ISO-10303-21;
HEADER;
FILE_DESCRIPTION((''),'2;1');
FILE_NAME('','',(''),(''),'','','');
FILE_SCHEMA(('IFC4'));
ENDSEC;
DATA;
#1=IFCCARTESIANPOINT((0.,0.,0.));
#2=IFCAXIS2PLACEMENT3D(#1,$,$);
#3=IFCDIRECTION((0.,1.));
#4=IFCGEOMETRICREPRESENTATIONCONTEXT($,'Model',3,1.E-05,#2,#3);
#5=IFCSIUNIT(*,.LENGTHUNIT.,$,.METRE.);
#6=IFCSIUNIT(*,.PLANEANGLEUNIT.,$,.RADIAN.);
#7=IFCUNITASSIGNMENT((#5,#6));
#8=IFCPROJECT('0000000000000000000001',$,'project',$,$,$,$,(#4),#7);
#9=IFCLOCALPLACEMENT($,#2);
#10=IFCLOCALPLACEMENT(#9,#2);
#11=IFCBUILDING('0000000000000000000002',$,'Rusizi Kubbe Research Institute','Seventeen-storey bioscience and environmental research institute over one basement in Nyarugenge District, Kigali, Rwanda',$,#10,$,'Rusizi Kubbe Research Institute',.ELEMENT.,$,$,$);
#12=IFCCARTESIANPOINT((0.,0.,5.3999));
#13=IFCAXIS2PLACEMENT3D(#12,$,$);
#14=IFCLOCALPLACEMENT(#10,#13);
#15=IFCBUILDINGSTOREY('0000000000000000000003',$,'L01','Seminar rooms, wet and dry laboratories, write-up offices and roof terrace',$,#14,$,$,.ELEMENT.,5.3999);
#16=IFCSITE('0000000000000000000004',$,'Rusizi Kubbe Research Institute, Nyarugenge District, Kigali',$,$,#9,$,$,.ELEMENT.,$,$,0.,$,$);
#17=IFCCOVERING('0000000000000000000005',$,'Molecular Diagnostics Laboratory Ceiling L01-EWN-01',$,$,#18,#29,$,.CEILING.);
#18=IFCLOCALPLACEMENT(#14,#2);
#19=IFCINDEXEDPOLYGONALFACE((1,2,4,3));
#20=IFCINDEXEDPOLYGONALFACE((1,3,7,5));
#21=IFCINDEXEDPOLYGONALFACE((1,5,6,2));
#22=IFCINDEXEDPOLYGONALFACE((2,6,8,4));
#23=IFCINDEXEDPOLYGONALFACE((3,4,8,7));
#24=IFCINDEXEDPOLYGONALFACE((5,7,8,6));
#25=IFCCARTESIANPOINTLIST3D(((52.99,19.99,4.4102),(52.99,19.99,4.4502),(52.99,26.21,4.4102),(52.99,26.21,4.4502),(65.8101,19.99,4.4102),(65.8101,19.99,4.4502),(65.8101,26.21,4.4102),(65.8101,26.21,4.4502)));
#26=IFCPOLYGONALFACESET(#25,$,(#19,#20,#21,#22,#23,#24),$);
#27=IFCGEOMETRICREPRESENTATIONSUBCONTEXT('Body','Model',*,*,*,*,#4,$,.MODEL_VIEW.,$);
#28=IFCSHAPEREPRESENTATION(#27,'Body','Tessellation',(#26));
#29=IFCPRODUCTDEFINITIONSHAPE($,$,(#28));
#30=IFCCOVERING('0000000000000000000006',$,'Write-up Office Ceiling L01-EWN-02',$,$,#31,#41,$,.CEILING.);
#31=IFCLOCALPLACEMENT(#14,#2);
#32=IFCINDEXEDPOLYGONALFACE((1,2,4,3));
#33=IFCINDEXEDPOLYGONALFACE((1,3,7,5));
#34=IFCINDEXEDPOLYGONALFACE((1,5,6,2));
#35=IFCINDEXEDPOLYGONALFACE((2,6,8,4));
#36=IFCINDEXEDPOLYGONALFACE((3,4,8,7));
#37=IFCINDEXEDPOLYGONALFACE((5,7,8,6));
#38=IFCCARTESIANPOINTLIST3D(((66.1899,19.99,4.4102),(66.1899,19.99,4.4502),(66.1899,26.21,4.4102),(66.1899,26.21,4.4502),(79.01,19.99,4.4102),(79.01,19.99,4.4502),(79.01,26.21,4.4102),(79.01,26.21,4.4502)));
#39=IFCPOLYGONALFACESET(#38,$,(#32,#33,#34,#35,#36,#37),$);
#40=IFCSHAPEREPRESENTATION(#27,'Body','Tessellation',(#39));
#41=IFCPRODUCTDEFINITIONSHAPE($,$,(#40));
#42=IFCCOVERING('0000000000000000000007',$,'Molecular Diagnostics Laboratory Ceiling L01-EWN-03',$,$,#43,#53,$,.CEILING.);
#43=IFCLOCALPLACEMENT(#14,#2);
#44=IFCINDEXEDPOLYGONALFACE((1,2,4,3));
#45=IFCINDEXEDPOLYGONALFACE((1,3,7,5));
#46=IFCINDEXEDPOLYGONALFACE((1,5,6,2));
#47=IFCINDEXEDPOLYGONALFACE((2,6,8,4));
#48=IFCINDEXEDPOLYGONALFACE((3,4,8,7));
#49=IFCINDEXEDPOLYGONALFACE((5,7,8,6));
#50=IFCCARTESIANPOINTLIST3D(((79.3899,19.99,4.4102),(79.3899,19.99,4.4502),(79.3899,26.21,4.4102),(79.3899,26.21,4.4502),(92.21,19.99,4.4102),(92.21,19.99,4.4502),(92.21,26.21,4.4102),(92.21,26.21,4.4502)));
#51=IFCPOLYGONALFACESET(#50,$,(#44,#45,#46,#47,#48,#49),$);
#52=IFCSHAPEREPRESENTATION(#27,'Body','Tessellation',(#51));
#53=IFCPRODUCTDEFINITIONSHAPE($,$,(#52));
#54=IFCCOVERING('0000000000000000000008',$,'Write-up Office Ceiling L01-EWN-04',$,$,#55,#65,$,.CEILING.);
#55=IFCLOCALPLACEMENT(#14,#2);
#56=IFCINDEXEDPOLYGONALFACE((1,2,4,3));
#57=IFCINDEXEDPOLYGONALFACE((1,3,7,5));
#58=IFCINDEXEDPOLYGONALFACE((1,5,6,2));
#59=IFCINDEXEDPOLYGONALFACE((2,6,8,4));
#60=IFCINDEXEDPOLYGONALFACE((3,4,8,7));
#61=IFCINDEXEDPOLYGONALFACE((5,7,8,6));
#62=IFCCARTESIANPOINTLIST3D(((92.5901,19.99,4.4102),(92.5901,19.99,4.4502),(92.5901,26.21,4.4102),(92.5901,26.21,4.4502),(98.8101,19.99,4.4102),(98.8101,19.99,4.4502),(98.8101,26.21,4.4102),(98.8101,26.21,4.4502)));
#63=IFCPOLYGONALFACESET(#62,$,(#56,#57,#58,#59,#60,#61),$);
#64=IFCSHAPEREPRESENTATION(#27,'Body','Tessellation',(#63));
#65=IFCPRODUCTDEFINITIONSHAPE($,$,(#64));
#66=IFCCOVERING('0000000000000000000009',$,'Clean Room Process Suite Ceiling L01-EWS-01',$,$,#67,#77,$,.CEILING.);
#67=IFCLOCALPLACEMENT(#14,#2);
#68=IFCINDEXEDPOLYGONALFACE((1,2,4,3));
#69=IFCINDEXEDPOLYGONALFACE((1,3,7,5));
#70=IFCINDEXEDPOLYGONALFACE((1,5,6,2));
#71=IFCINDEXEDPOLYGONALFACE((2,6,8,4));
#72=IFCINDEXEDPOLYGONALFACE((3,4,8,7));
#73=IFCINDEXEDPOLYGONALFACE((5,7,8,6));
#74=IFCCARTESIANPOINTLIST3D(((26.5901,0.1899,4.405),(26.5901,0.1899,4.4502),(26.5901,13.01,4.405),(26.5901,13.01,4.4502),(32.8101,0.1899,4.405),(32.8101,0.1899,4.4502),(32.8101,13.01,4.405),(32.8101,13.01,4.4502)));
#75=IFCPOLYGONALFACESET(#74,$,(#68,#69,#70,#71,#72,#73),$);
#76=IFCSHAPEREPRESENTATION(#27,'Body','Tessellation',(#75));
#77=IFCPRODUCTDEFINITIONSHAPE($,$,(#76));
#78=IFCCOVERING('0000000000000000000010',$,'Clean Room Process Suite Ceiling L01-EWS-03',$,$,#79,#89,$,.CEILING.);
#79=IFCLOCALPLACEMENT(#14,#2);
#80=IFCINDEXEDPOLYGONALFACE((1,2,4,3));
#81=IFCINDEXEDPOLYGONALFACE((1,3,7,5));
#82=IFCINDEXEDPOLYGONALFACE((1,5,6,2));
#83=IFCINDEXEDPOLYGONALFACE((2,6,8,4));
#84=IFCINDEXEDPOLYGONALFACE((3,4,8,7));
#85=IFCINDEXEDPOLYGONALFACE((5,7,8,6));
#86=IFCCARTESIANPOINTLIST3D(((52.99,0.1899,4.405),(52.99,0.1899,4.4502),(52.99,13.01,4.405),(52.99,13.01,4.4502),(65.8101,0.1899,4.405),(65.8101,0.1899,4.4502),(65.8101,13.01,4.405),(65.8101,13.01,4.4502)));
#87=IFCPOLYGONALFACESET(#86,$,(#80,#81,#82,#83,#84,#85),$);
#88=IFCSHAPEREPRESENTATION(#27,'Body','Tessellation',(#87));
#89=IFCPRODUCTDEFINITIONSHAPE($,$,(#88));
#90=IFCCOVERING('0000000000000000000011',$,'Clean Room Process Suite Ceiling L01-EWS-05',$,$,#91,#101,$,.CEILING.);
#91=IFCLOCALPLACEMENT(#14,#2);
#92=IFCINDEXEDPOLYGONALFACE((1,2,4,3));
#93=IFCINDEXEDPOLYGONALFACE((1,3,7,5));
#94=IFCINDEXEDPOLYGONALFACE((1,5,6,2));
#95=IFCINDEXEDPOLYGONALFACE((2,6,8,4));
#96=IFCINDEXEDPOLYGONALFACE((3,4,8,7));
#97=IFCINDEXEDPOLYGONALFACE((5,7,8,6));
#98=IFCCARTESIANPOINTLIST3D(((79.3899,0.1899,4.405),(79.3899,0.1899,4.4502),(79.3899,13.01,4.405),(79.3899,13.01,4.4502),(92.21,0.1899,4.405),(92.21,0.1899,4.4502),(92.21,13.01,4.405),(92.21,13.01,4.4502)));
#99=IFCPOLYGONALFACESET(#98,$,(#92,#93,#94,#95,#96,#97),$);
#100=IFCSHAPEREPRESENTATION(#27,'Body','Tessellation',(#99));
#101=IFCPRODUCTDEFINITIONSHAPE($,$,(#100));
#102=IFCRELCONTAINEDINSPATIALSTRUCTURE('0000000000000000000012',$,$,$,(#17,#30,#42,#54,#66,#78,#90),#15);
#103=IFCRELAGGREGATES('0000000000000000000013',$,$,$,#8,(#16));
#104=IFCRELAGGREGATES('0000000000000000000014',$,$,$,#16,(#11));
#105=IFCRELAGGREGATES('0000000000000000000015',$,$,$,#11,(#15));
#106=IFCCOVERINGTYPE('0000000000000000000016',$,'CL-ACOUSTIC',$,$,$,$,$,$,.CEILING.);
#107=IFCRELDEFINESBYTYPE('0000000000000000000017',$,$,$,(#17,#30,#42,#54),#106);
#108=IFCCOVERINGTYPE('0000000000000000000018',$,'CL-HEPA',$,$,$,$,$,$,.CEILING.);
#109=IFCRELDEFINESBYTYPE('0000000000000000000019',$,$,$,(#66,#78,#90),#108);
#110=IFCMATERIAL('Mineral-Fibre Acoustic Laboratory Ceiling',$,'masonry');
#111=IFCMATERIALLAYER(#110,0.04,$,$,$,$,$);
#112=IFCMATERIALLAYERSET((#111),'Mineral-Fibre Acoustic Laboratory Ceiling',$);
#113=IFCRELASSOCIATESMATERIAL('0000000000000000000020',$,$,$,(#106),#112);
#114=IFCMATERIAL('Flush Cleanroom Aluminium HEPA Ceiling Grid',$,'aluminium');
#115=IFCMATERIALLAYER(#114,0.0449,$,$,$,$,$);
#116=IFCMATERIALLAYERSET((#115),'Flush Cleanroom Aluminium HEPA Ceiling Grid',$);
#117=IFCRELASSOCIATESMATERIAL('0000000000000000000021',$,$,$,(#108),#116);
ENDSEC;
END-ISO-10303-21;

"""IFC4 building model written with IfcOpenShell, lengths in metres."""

from ifc_helpers import new_model, si_unit, direction, frame, origin, place, context, subcontext, project, spatial, polyline, outline, extrude, material, layer, layer_set, type_object, element, save


model = new_model("IFC4")

# Units and contexts
model_context = context("Model", 3, precision=1e-05, world=origin(), true_north=direction((0.0, 1.0)))
body_context = subcontext(model_context, "Body", "Model", "MODEL_VIEW")
ifc_project = project(units=[si_unit("LENGTHUNIT", "METRE"), si_unit("PLANEANGLEUNIT", "RADIAN")], contexts=[model_context])

# Site, building, storey
site_placement = place(None, origin())
site = spatial("IfcSite", under=ifc_project, at=site_placement, Name="Rusizi Kubbe Research Institute, Nyarugenge District, Kigali", CompositionType="ELEMENT", RefElevation=0.0)
building_placement = place(site_placement, origin())
building = spatial("IfcBuilding", under=site, at=building_placement, Name="Rusizi Kubbe Research Institute", Description="Seventeen-storey bioscience and environmental research institute over one basement in Nyarugenge District, Kigali, Rwanda", LongName="Rusizi Kubbe Research Institute", CompositionType="ELEMENT")
storey_placement = place(building_placement, frame((0.0, 0.0, 5.3999)))
storey = spatial("IfcBuildingStorey", under=building, at=storey_placement, Name="L01", Description="Seminar rooms, wet and dry laboratories, write-up offices and roof terrace", CompositionType="ELEMENT", Elevation=5.3999)

# Coverings
ifc_material_1 = material(Name="Mineral-Fibre Acoustic Laboratory Ceiling", Category="masonry")
ifc_layer_1 = layer(ifc_material_1, 0.04)
ifc_layer_set_1 = layer_set([ifc_layer_1], Name="Mineral-Fibre Acoustic Laboratory Ceiling")
covering_type_1 = type_object("IfcCoveringType", Name="CL-ACOUSTIC", PredefinedType="CEILING", material=ifc_layer_set_1)
covering_1_placement = place(storey_placement, frame((0.0, 0.0, 4.4102)))
element("IfcCovering", 1, at=covering_1_placement, inside=storey, type_object=covering_type_1, Name="Molecular Diagnostics Laboratory Ceiling L01-EWN-01", PredefinedType="CEILING", context=body_context, shape_type="SweptSolid", body=[
    extrude(outline(polyline([(52.99, 19.99), (65.8101, 19.99), (65.8101, 26.21), (52.99, 26.21), (52.99, 19.99)])), origin(), (0.0, 0.0, 1.0), 0.04),
])
covering_2_placement = place(storey_placement, frame((0.0, 0.0, 4.4102)))
element("IfcCovering", 2, at=covering_2_placement, inside=storey, type_object=covering_type_1, Name="Write-up Office Ceiling L01-EWN-02", PredefinedType="CEILING", context=body_context, shape_type="SweptSolid", body=[
    extrude(outline(polyline([(66.1899, 19.99), (79.01, 19.99), (79.01, 26.21), (66.1899, 26.21), (66.1899, 19.99)])), origin(), (0.0, 0.0, 1.0), 0.04),
])
covering_3_placement = place(storey_placement, frame((0.0, 0.0, 4.4102)))
element("IfcCovering", 3, at=covering_3_placement, inside=storey, type_object=covering_type_1, Name="Molecular Diagnostics Laboratory Ceiling L01-EWN-03", PredefinedType="CEILING", context=body_context, shape_type="SweptSolid", body=[
    extrude(outline(polyline([(79.3899, 19.99), (92.21, 19.99), (92.21, 26.21), (79.3899, 26.21), (79.3899, 19.99)])), origin(), (0.0, 0.0, 1.0), 0.04),
])
covering_4_placement = place(storey_placement, frame((0.0, 0.0, 4.4102)))
element("IfcCovering", 4, at=covering_4_placement, inside=storey, type_object=covering_type_1, Name="Write-up Office Ceiling L01-EWN-04", PredefinedType="CEILING", context=body_context, shape_type="SweptSolid", body=[
    extrude(outline(polyline([(92.5901, 19.99), (98.8101, 19.99), (98.8101, 26.21), (92.5901, 26.21), (92.5901, 19.99)])), origin(), (0.0, 0.0, 1.0), 0.04),
])
ifc_material_2 = material(Name="Flush Cleanroom Aluminium HEPA Ceiling Grid", Category="aluminium")
ifc_layer_2 = layer(ifc_material_2, 0.0449)
ifc_layer_set_2 = layer_set([ifc_layer_2], Name="Flush Cleanroom Aluminium HEPA Ceiling Grid")
covering_type_2 = type_object("IfcCoveringType", Name="CL-HEPA", PredefinedType="CEILING", material=ifc_layer_set_2)
covering_5_placement = place(storey_placement, frame((0.0, 0.0, 4.405)))
element("IfcCovering", 5, at=covering_5_placement, inside=storey, type_object=covering_type_2, Name="Clean Room Process Suite Ceiling L01-EWS-01", PredefinedType="CEILING", context=body_context, shape_type="SweptSolid", body=[
    extrude(outline(polyline([(26.5901, 0.1899), (32.8101, 0.1899), (32.8101, 13.01), (26.5901, 13.01), (26.5901, 0.1899)])), origin(), (0.0, 0.0, 1.0), 0.0452),
])
covering_6_placement = place(storey_placement, frame((0.0, 0.0, 4.405)))
element("IfcCovering", 6, at=covering_6_placement, inside=storey, type_object=covering_type_2, Name="Clean Room Process Suite Ceiling L01-EWS-03", PredefinedType="CEILING", context=body_context, shape_type="SweptSolid", body=[
    extrude(outline(polyline([(52.99, 0.1899), (65.8101, 0.1899), (65.8101, 13.01), (52.99, 13.01), (52.99, 0.1899)])), origin(), (0.0, 0.0, 1.0), 0.0452),
])
covering_7_placement = place(storey_placement, frame((0.0, 0.0, 4.405)))
element("IfcCovering", 7, at=covering_7_placement, inside=storey, type_object=covering_type_2, Name="Clean Room Process Suite Ceiling L01-EWS-05", PredefinedType="CEILING", context=body_context, shape_type="SweptSolid", body=[
    extrude(outline(polyline([(79.3899, 0.1899), (92.21, 0.1899), (92.21, 13.01), (79.3899, 13.01), (79.3899, 0.1899)])), origin(), (0.0, 0.0, 1.0), 0.0452),
])

save(model, "model.ifc")
